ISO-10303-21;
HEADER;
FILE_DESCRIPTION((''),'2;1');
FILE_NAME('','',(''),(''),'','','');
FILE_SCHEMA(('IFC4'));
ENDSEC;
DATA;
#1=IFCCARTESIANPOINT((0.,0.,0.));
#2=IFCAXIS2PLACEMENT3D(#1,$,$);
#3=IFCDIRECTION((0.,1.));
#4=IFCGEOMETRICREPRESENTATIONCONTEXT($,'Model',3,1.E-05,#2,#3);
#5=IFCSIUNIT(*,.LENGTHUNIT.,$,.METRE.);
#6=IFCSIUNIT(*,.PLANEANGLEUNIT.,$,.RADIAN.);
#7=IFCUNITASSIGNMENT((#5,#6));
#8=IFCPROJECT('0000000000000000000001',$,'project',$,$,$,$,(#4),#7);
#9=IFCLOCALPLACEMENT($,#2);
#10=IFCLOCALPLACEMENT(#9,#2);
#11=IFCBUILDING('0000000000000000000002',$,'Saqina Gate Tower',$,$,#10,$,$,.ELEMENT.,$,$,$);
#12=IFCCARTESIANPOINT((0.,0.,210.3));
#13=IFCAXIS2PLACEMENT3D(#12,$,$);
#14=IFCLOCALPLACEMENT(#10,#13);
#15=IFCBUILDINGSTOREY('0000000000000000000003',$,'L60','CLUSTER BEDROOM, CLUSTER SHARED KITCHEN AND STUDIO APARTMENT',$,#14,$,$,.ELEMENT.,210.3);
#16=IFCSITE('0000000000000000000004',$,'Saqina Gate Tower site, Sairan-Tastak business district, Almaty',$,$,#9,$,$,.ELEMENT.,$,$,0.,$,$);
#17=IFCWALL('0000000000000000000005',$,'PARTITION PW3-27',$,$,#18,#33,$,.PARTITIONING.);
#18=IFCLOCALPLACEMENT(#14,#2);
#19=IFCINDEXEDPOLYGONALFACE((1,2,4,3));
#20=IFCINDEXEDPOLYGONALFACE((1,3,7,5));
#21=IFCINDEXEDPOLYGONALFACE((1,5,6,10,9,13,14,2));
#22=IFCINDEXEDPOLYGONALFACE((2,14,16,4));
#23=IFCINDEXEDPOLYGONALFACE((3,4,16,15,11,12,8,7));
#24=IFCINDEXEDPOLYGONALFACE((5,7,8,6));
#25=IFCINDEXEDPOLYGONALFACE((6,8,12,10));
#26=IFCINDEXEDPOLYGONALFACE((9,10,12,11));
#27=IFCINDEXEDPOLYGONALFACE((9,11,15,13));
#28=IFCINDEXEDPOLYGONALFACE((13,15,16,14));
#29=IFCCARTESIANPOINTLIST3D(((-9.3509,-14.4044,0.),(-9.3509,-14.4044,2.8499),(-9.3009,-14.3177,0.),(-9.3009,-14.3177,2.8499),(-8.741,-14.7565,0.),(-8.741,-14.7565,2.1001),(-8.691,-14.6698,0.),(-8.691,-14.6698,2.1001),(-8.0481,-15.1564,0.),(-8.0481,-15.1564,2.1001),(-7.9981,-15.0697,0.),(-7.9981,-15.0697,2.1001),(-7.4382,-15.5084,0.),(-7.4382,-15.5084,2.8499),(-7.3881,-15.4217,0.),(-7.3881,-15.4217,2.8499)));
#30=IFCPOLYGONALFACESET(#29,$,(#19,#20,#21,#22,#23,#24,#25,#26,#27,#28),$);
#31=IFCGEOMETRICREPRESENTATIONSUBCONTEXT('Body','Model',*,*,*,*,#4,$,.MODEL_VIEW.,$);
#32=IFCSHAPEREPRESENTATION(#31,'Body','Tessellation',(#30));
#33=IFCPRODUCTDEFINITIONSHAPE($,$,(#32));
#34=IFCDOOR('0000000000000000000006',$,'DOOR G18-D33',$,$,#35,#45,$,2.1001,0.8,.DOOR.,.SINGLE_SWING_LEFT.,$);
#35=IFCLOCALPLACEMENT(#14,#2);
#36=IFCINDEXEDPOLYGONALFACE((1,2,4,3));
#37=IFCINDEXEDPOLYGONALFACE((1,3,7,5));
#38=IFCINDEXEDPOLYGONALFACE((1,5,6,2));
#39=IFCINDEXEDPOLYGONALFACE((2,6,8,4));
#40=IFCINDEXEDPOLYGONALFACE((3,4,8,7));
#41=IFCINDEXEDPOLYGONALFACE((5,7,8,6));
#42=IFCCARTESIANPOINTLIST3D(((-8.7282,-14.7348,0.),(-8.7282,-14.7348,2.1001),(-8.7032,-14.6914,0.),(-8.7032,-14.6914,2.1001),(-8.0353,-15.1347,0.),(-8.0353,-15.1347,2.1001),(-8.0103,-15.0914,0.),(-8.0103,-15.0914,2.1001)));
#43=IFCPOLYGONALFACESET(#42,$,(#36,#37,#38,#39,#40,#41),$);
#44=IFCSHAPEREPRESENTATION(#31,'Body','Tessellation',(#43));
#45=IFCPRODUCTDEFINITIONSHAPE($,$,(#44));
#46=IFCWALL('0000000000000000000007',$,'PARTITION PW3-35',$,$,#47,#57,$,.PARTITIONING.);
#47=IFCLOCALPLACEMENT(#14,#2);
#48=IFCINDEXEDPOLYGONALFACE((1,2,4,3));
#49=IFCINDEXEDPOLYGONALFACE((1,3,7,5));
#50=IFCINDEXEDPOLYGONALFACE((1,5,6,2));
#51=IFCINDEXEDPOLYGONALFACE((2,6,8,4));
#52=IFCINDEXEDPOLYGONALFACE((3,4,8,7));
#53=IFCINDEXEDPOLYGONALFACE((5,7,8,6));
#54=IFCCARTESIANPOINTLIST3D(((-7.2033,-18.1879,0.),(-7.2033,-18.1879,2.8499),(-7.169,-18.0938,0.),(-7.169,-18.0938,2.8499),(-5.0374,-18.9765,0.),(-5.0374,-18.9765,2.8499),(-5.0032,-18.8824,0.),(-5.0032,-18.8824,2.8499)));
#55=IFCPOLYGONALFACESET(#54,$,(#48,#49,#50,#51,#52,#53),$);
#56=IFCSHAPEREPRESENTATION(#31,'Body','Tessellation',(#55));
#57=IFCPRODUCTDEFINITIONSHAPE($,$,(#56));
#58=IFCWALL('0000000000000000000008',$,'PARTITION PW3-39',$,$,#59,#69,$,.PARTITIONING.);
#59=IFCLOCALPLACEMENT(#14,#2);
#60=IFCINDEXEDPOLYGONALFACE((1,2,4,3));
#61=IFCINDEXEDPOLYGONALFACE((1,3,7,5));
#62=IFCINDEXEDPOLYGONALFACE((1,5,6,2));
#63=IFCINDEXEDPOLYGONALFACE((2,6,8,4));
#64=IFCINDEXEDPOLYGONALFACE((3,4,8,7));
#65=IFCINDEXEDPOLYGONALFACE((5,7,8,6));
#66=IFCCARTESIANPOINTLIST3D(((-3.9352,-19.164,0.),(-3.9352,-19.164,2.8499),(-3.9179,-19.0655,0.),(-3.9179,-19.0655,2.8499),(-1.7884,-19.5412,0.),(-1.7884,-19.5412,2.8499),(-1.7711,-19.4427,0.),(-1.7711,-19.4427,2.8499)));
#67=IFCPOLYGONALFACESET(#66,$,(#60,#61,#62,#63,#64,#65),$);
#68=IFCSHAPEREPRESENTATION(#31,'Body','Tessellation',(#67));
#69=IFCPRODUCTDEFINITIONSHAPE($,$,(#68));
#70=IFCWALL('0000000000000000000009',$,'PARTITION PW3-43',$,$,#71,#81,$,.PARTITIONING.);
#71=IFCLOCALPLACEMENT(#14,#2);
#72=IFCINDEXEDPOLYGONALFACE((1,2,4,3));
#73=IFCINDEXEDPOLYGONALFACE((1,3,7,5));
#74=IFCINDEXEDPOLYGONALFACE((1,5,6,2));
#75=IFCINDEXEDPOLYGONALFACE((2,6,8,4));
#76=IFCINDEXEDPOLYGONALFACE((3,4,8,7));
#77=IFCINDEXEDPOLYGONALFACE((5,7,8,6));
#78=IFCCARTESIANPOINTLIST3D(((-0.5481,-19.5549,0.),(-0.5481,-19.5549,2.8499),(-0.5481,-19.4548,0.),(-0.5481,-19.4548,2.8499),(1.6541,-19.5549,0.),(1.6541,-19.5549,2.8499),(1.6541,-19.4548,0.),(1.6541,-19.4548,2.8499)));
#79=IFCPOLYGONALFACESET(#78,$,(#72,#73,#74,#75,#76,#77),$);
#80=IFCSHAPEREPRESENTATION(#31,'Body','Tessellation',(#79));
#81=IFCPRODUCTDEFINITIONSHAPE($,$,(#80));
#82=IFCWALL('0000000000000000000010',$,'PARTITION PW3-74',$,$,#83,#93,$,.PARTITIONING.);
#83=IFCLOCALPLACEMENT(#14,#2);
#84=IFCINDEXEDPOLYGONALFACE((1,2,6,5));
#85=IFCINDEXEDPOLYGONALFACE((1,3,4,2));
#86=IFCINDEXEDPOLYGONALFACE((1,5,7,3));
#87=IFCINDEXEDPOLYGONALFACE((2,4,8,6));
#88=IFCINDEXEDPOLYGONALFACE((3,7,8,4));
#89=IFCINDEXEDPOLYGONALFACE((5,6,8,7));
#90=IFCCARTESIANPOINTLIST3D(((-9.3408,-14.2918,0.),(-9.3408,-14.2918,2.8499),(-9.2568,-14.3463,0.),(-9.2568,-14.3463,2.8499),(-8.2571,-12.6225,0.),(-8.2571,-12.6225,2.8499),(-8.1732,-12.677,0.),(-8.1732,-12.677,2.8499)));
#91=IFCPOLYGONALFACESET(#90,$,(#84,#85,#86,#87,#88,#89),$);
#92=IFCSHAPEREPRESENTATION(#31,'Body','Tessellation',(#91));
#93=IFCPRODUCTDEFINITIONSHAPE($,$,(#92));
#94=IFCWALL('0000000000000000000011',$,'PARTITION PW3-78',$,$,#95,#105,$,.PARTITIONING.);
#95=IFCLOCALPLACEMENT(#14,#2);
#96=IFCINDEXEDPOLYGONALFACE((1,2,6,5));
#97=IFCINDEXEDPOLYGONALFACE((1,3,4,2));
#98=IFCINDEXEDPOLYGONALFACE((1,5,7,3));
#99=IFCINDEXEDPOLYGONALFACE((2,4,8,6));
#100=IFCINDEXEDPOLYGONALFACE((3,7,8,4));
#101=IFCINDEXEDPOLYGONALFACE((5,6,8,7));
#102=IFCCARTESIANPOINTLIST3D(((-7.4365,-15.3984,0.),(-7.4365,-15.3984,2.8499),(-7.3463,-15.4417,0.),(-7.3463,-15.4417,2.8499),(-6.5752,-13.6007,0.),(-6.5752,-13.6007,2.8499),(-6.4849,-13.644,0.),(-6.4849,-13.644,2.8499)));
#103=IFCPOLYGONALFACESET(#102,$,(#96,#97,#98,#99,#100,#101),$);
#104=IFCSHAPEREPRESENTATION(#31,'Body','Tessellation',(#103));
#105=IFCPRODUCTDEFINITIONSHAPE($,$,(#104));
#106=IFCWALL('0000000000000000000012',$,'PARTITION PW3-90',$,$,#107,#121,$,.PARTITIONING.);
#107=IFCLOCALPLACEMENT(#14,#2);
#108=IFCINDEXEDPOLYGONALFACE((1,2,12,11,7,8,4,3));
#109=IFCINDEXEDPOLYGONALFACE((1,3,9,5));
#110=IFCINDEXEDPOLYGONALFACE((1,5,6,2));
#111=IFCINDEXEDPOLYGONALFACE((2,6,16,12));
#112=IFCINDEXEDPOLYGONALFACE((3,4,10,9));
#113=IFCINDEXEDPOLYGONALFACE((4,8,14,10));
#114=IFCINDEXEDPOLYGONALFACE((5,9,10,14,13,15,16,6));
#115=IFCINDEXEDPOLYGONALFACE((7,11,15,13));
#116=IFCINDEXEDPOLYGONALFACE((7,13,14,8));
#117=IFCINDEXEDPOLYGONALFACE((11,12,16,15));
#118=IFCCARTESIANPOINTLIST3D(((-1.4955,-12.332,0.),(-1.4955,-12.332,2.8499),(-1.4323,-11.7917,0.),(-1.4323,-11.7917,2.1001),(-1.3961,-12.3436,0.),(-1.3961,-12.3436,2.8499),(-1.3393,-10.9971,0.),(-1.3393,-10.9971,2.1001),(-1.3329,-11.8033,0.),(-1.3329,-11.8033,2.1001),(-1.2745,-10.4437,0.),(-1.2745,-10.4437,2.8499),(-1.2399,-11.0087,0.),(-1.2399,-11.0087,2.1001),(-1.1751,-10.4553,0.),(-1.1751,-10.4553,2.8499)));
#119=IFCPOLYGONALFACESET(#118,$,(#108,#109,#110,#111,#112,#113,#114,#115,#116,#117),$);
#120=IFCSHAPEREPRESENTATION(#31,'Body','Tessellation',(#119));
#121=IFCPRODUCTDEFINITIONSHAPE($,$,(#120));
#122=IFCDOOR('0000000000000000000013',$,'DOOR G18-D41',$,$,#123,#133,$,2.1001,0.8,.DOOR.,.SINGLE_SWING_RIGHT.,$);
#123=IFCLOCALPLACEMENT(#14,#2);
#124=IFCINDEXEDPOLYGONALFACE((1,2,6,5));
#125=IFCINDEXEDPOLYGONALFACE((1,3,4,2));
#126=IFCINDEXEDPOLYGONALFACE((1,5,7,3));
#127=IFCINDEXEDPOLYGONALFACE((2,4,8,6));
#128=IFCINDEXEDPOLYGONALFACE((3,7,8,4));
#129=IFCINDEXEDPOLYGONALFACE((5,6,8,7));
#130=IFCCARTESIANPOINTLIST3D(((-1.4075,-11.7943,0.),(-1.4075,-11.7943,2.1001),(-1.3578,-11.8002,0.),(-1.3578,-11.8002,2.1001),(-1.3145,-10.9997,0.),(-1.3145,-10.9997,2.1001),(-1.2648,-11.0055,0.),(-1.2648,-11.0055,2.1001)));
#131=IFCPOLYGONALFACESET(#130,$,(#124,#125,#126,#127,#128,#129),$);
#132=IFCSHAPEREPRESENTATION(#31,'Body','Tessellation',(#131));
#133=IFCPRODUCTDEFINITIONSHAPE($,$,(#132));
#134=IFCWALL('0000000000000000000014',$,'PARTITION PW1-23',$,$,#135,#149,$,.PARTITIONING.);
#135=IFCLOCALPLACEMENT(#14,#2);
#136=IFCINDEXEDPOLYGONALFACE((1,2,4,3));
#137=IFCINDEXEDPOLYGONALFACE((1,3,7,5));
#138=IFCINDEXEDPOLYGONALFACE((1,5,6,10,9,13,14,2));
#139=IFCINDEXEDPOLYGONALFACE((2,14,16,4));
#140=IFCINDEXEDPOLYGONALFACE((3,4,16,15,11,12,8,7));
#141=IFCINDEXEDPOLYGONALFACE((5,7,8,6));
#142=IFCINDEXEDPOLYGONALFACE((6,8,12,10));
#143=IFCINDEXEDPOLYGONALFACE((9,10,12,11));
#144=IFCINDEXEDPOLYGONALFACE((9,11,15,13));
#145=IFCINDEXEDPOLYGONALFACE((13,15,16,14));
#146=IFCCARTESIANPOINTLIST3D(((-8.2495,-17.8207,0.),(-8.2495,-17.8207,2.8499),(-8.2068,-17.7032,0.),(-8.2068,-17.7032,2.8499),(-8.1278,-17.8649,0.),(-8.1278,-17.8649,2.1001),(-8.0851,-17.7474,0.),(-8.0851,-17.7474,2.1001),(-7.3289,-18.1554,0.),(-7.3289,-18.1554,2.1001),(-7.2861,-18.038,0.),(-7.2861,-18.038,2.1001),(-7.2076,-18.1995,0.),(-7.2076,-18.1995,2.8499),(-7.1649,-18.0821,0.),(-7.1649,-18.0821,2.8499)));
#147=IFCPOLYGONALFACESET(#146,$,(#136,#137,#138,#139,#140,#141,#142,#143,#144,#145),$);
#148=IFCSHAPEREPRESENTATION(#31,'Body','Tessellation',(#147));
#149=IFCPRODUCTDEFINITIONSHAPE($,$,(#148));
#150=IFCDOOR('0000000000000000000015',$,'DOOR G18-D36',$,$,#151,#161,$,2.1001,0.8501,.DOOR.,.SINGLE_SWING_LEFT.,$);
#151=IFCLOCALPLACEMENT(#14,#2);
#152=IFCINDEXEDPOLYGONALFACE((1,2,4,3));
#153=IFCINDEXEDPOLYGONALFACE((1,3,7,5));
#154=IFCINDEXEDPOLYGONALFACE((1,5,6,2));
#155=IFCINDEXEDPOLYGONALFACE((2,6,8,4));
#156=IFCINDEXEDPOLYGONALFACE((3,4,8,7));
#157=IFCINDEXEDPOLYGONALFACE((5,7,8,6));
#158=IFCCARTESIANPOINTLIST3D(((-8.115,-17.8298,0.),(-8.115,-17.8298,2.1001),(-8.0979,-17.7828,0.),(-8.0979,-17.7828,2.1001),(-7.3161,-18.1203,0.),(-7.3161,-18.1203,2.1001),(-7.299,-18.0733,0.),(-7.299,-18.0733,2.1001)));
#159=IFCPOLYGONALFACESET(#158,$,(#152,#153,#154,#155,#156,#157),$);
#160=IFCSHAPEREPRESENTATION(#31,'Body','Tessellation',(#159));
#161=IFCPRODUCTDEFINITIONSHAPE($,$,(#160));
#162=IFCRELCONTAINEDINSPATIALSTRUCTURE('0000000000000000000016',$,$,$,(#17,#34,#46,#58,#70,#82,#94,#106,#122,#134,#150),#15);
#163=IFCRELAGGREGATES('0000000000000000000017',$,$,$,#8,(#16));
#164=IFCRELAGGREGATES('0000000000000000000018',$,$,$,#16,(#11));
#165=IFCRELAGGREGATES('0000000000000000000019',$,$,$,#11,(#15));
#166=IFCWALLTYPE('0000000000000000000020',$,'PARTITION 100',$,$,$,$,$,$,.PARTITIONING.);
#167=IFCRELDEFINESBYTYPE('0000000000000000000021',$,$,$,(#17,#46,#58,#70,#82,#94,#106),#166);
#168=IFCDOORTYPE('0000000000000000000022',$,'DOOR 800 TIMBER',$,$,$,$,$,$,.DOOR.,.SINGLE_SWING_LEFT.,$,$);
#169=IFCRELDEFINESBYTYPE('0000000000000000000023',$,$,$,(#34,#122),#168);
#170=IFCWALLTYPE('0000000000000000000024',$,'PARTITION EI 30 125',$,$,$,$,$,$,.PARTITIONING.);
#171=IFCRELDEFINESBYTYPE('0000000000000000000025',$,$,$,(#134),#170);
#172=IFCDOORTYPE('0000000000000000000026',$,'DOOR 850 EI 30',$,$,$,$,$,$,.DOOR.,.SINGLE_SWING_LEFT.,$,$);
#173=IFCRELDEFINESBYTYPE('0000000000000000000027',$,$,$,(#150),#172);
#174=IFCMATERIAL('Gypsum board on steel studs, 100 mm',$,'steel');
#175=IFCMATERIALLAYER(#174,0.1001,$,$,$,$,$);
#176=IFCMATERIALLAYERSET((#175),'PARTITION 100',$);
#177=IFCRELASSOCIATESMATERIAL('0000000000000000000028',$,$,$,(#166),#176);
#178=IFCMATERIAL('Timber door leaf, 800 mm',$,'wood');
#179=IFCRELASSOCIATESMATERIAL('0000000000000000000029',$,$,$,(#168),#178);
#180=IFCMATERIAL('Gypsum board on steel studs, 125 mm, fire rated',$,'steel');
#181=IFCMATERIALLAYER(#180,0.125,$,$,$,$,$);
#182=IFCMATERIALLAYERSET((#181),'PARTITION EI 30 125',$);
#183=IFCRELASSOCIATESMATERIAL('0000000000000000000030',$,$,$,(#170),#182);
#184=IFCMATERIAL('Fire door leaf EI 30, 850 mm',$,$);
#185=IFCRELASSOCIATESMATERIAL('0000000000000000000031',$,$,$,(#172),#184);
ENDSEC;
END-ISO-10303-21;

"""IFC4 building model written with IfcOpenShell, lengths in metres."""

from ifc_helpers import new_model, si_unit, direction, frame, frame_2d, origin, place, context, subcontext, project, spatial, rectangle, extrude, material, layer, layer_set, type_object, element, fill, save


model = new_model("IFC4")

# Units and contexts
model_context = context("Model", 3, precision=1e-05, world=origin(), true_north=direction((0.0, 1.0)))
body_context = subcontext(model_context, "Body", "Model", "MODEL_VIEW")
ifc_project = project(units=[si_unit("LENGTHUNIT", "METRE"), si_unit("PLANEANGLEUNIT", "RADIAN")], contexts=[model_context])

# Site, building, storey
site_placement = place(None, origin())
site = spatial("IfcSite", under=ifc_project, at=site_placement, Name="Saqina Gate Tower site, Sairan-Tastak business district, Almaty", CompositionType="ELEMENT", RefElevation=0.0)
building_placement = place(site_placement, origin())
building = spatial("IfcBuilding", under=site, at=building_placement, Name="Saqina Gate Tower", CompositionType="ELEMENT")
storey_placement = place(building_placement, frame((0.0, 0.0, 210.3)))
storey = spatial("IfcBuildingStorey", under=building, at=storey_placement, Name="L60", Description="CLUSTER BEDROOM, CLUSTER SHARED KITCHEN AND STUDIO APARTMENT", CompositionType="ELEMENT", Elevation=210.3)

# Wall, opening, door
ifc_material_1 = material(Name="Gypsum board on steel studs, 100 mm", Category="steel")
ifc_layer_1 = layer(ifc_material_1, 0.1001)
ifc_layer_set_1 = layer_set([ifc_layer_1], Name="PARTITION 100")
wall_type_1 = type_object("IfcWallType", Name="PARTITION 100", PredefinedType="PARTITIONING", material=ifc_layer_set_1)
wall_1_placement = place(storey_placement, frame((-9.3259, -14.3611, 0.0), z_axis=(0.0, 0.0, 1.0), x_axis=(0.866099, -0.499872, 0.0)))
wall_1 = element("IfcWall", 1, at=wall_1_placement, inside=storey, type_object=wall_type_1, Name="PARTITION PW3-27", PredefinedType="PARTITIONING", context=body_context, shape_type="SweptSolid", body=[
    extrude(rectangle(XDim=2.2085, YDim=0.1001, at=frame_2d((1.1042, 0.0))), origin(), (0.0, 0.0, 1.0), 2.8499),
])
opening_1_placement = place(wall_1_placement, frame((0.7043, 0.0, 0.0)))
opening_1 = element("IfcOpeningElement", 2, at=opening_1_placement, cuts=wall_1, PredefinedType="OPENING", context=body_context, shape_type="SweptSolid", body=[
    extrude(rectangle(XDim=0.8, YDim=2.1001, at=frame_2d((0.3999, 1.05))), frame((0.0, 0.062, 0.0), z_axis=(0.0, -1.0, 0.0), x_axis=(1.0, 0.0, 0.0)), (0.0, 0.0, 1.0), 0.124),
])
ifc_material_2 = material(Name="Timber door leaf, 800 mm", Category="wood")
door_type_1 = type_object("IfcDoorType", Name="DOOR 800 TIMBER", OperationType="SINGLE_SWING_LEFT", PredefinedType="DOOR", material=ifc_material_2)
door_1_placement = place(opening_1_placement, frame((0.8, 0.0, 0.0), z_axis=(0.0, 0.0, 1.0), x_axis=(-1.0, 0.0, 0.0)))
door_1 = element("IfcDoor", 3, at=door_1_placement, inside=storey, type_object=door_type_1, Name="DOOR G18-D33", OperationType="SINGLE_SWING_LEFT", OverallHeight=2.1001, OverallWidth=0.8, PredefinedType="DOOR", context=body_context, shape_type="SweptSolid", body=[
    extrude(rectangle(XDim=0.8, YDim=2.1001, at=frame_2d((0.3999, 1.05))), frame((0.0, 0.0249, 0.0), z_axis=(0.0, -1.0, 0.0), x_axis=(1.0, 0.0, 0.0)), (0.0, 0.0, 1.0), 0.05),
])
fill(opening_1, door_1)

# Walls
wall_2_placement = place(storey_placement, frame((-7.186, -18.1409, 0.0), z_axis=(0.0, 0.0, 1.0), x_axis=(0.939651, -0.342134, 0.0)))
element("IfcWall", 4, at=wall_2_placement, inside=storey, type_object=wall_type_1, Name="PARTITION PW3-35", PredefinedType="PARTITIONING", context=body_context, shape_type="SweptSolid", body=[
    extrude(rectangle(XDim=2.3049, YDim=0.1001, at=frame_2d((1.1523, 0.0))), origin(), (0.0, 0.0, 1.0), 2.8499),
])
wall_3_placement = place(storey_placement, frame((-3.9265, -19.1147, 0.0), z_axis=(0.0, 0.0, 1.0), x_axis=(0.984912, -0.173057, 0.0)))
element("IfcWall", 5, at=wall_3_placement, inside=storey, type_object=wall_type_1, Name="PARTITION PW3-39", PredefinedType="PARTITIONING", context=body_context, shape_type="SweptSolid", body=[
    extrude(rectangle(XDim=2.1797, YDim=0.1001, at=frame_2d((1.0898, 0.0))), origin(), (0.0, 0.0, 1.0), 2.8499),
])
wall_4_placement = place(storey_placement, frame((-0.5481, -19.5049, 0.0), z_axis=(0.0, 0.0, 1.0), x_axis=(1.0, 0.0, 0.0)))
element("IfcWall", 6, at=wall_4_placement, inside=storey, type_object=wall_type_1, Name="PARTITION PW3-43", PredefinedType="PARTITIONING", context=body_context, shape_type="SweptSolid", body=[
    extrude(rectangle(XDim=2.2021, YDim=0.1001, at=frame_2d((1.1011, 0.0))), origin(), (0.0, 0.0, 1.0), 2.8499),
])
wall_5_placement = place(storey_placement, frame((-9.2988, -14.3191, 0.0), z_axis=(0.0, 0.0, 1.0), x_axis=(0.544497, 0.838763, 0.0)))
element("IfcWall", 7, at=wall_5_placement, inside=storey, type_object=wall_type_1, Name="PARTITION PW3-74", PredefinedType="PARTITIONING", context=body_context, shape_type="SweptSolid", body=[
    extrude(rectangle(XDim=1.9902, YDim=0.1001, at=frame_2d((0.9951, 0.0))), origin(), (0.0, 0.0, 1.0), 2.8499),
])
wall_6_placement = place(storey_placement, frame((-7.3914, -15.4199, 0.0), z_axis=(0.0, 0.0, 1.0), x_axis=(0.43211, 0.901821, 0.0)))
element("IfcWall", 8, at=wall_6_placement, inside=storey, type_object=wall_type_1, Name="PARTITION PW3-78", PredefinedType="PARTITIONING", context=body_context, shape_type="SweptSolid", body=[
    extrude(rectangle(XDim=1.9934, YDim=0.1001, at=frame_2d((0.9966, 0.0))), origin(), (0.0, 0.0, 1.0), 2.8499),
])

# Walls, openings, doors
wall_7_placement = place(storey_placement, frame((-1.4458, -12.3379, 0.0), z_axis=(0.0, 0.0, 1.0), x_axis=(0.116223, 0.993223, 0.0)))
wall_7 = element("IfcWall", 9, at=wall_7_placement, inside=storey, type_object=wall_type_1, Name="PARTITION PW3-90", PredefinedType="PARTITIONING", context=body_context, shape_type="SweptSolid", body=[
    extrude(rectangle(XDim=1.9011, YDim=0.1001, at=frame_2d((0.9507, 0.0))), origin(), (0.0, 0.0, 1.0), 2.8499),
])
opening_2_placement = place(wall_7_placement, frame((0.5442, 0.0, 0.0)))
opening_2 = element("IfcOpeningElement", 10, at=opening_2_placement, cuts=wall_7, PredefinedType="OPENING", context=body_context, shape_type="SweptSolid", body=[
    extrude(rectangle(XDim=0.8, YDim=2.1001, at=frame_2d((0.3999, 1.05))), frame((0.0, 0.062, 0.0), z_axis=(0.0, -1.0, 0.0), x_axis=(1.0, 0.0, 0.0)), (0.0, 0.0, 1.0), 0.124),
])
door_2_placement = place(opening_2_placement, frame((0.8, 0.0, 0.0), z_axis=(0.0, 0.0, 1.0), x_axis=(-1.0, 0.0, 0.0)))
door_2 = element("IfcDoor", 11, at=door_2_placement, inside=storey, type_object=door_type_1, Name="DOOR G18-D41", OperationType="SINGLE_SWING_RIGHT", OverallHeight=2.1001, OverallWidth=0.8, PredefinedType="DOOR", context=body_context, shape_type="SweptSolid", body=[
    extrude(rectangle(XDim=0.8, YDim=2.1001, at=frame_2d((0.3999, 1.05))), frame((0.0, 0.0249, 0.0), z_axis=(0.0, -1.0, 0.0), x_axis=(1.0, 0.0, 0.0)), (0.0, 0.0, 1.0), 0.05),
])
fill(opening_2, door_2)
ifc_material_3 = material(Name="Gypsum board on steel studs, 125 mm, fire rated", Category="steel")
ifc_layer_2 = layer(ifc_material_3, 0.125)
ifc_layer_set_2 = layer_set([ifc_layer_2], Name="PARTITION EI 30 125")
wall_type_2 = type_object("IfcWallType", Name="PARTITION EI 30 125", PredefinedType="PARTITIONING", material=ifc_layer_set_2)
wall_8_placement = place(storey_placement, frame((-8.228, -17.762, 0.0), z_axis=(0.0, 0.0, 1.0), x_axis=(0.939793, -0.341743, 0.0)))
wall_8 = element("IfcWall", 12, at=wall_8_placement, inside=storey, type_object=wall_type_2, Name="PARTITION PW1-23", PredefinedType="PARTITIONING", context=body_context, shape_type="SweptSolid", body=[
    extrude(rectangle(XDim=1.1086, YDim=0.125, at=frame_2d((0.5542, 0.0))), origin(), (0.0, 0.0, 1.0), 2.8499),
])
opening_3_placement = place(wall_8_placement, frame((0.1294, 0.0, 0.0)))
opening_3 = element("IfcOpeningElement", 13, at=opening_3_placement, cuts=wall_8, PredefinedType="OPENING", context=body_context, shape_type="SweptSolid", body=[
    extrude(rectangle(XDim=0.8501, YDim=2.1001, at=frame_2d((0.425, 1.05))), frame((0.0, 0.0745, 0.0), z_axis=(0.0, -1.0, 0.0), x_axis=(1.0, 0.0, 0.0)), (0.0, 0.0, 1.0), 0.1489),
])
ifc_material_4 = material(Name="Fire door leaf EI 30, 850 mm")
door_type_2 = type_object("IfcDoorType", Name="DOOR 850 EI 30", OperationType="SINGLE_SWING_LEFT", PredefinedType="DOOR", material=ifc_material_4)
door_3_placement = place(opening_3_placement, origin())
door_3 = element("IfcDoor", 14, at=door_3_placement, inside=storey, type_object=door_type_2, Name="DOOR G18-D36", OperationType="SINGLE_SWING_LEFT", OverallHeight=2.1001, OverallWidth=0.8501, PredefinedType="DOOR", context=body_context, shape_type="SweptSolid", body=[
    extrude(rectangle(XDim=0.8501, YDim=2.1001, at=frame_2d((0.425, 1.05))), frame((0.0, 0.0249, 0.0), z_axis=(0.0, -1.0, 0.0), x_axis=(1.0, 0.0, 0.0)), (0.0, 0.0, 1.0), 0.05),
])
fill(opening_3, door_3)

save(model, "model.ifc")
